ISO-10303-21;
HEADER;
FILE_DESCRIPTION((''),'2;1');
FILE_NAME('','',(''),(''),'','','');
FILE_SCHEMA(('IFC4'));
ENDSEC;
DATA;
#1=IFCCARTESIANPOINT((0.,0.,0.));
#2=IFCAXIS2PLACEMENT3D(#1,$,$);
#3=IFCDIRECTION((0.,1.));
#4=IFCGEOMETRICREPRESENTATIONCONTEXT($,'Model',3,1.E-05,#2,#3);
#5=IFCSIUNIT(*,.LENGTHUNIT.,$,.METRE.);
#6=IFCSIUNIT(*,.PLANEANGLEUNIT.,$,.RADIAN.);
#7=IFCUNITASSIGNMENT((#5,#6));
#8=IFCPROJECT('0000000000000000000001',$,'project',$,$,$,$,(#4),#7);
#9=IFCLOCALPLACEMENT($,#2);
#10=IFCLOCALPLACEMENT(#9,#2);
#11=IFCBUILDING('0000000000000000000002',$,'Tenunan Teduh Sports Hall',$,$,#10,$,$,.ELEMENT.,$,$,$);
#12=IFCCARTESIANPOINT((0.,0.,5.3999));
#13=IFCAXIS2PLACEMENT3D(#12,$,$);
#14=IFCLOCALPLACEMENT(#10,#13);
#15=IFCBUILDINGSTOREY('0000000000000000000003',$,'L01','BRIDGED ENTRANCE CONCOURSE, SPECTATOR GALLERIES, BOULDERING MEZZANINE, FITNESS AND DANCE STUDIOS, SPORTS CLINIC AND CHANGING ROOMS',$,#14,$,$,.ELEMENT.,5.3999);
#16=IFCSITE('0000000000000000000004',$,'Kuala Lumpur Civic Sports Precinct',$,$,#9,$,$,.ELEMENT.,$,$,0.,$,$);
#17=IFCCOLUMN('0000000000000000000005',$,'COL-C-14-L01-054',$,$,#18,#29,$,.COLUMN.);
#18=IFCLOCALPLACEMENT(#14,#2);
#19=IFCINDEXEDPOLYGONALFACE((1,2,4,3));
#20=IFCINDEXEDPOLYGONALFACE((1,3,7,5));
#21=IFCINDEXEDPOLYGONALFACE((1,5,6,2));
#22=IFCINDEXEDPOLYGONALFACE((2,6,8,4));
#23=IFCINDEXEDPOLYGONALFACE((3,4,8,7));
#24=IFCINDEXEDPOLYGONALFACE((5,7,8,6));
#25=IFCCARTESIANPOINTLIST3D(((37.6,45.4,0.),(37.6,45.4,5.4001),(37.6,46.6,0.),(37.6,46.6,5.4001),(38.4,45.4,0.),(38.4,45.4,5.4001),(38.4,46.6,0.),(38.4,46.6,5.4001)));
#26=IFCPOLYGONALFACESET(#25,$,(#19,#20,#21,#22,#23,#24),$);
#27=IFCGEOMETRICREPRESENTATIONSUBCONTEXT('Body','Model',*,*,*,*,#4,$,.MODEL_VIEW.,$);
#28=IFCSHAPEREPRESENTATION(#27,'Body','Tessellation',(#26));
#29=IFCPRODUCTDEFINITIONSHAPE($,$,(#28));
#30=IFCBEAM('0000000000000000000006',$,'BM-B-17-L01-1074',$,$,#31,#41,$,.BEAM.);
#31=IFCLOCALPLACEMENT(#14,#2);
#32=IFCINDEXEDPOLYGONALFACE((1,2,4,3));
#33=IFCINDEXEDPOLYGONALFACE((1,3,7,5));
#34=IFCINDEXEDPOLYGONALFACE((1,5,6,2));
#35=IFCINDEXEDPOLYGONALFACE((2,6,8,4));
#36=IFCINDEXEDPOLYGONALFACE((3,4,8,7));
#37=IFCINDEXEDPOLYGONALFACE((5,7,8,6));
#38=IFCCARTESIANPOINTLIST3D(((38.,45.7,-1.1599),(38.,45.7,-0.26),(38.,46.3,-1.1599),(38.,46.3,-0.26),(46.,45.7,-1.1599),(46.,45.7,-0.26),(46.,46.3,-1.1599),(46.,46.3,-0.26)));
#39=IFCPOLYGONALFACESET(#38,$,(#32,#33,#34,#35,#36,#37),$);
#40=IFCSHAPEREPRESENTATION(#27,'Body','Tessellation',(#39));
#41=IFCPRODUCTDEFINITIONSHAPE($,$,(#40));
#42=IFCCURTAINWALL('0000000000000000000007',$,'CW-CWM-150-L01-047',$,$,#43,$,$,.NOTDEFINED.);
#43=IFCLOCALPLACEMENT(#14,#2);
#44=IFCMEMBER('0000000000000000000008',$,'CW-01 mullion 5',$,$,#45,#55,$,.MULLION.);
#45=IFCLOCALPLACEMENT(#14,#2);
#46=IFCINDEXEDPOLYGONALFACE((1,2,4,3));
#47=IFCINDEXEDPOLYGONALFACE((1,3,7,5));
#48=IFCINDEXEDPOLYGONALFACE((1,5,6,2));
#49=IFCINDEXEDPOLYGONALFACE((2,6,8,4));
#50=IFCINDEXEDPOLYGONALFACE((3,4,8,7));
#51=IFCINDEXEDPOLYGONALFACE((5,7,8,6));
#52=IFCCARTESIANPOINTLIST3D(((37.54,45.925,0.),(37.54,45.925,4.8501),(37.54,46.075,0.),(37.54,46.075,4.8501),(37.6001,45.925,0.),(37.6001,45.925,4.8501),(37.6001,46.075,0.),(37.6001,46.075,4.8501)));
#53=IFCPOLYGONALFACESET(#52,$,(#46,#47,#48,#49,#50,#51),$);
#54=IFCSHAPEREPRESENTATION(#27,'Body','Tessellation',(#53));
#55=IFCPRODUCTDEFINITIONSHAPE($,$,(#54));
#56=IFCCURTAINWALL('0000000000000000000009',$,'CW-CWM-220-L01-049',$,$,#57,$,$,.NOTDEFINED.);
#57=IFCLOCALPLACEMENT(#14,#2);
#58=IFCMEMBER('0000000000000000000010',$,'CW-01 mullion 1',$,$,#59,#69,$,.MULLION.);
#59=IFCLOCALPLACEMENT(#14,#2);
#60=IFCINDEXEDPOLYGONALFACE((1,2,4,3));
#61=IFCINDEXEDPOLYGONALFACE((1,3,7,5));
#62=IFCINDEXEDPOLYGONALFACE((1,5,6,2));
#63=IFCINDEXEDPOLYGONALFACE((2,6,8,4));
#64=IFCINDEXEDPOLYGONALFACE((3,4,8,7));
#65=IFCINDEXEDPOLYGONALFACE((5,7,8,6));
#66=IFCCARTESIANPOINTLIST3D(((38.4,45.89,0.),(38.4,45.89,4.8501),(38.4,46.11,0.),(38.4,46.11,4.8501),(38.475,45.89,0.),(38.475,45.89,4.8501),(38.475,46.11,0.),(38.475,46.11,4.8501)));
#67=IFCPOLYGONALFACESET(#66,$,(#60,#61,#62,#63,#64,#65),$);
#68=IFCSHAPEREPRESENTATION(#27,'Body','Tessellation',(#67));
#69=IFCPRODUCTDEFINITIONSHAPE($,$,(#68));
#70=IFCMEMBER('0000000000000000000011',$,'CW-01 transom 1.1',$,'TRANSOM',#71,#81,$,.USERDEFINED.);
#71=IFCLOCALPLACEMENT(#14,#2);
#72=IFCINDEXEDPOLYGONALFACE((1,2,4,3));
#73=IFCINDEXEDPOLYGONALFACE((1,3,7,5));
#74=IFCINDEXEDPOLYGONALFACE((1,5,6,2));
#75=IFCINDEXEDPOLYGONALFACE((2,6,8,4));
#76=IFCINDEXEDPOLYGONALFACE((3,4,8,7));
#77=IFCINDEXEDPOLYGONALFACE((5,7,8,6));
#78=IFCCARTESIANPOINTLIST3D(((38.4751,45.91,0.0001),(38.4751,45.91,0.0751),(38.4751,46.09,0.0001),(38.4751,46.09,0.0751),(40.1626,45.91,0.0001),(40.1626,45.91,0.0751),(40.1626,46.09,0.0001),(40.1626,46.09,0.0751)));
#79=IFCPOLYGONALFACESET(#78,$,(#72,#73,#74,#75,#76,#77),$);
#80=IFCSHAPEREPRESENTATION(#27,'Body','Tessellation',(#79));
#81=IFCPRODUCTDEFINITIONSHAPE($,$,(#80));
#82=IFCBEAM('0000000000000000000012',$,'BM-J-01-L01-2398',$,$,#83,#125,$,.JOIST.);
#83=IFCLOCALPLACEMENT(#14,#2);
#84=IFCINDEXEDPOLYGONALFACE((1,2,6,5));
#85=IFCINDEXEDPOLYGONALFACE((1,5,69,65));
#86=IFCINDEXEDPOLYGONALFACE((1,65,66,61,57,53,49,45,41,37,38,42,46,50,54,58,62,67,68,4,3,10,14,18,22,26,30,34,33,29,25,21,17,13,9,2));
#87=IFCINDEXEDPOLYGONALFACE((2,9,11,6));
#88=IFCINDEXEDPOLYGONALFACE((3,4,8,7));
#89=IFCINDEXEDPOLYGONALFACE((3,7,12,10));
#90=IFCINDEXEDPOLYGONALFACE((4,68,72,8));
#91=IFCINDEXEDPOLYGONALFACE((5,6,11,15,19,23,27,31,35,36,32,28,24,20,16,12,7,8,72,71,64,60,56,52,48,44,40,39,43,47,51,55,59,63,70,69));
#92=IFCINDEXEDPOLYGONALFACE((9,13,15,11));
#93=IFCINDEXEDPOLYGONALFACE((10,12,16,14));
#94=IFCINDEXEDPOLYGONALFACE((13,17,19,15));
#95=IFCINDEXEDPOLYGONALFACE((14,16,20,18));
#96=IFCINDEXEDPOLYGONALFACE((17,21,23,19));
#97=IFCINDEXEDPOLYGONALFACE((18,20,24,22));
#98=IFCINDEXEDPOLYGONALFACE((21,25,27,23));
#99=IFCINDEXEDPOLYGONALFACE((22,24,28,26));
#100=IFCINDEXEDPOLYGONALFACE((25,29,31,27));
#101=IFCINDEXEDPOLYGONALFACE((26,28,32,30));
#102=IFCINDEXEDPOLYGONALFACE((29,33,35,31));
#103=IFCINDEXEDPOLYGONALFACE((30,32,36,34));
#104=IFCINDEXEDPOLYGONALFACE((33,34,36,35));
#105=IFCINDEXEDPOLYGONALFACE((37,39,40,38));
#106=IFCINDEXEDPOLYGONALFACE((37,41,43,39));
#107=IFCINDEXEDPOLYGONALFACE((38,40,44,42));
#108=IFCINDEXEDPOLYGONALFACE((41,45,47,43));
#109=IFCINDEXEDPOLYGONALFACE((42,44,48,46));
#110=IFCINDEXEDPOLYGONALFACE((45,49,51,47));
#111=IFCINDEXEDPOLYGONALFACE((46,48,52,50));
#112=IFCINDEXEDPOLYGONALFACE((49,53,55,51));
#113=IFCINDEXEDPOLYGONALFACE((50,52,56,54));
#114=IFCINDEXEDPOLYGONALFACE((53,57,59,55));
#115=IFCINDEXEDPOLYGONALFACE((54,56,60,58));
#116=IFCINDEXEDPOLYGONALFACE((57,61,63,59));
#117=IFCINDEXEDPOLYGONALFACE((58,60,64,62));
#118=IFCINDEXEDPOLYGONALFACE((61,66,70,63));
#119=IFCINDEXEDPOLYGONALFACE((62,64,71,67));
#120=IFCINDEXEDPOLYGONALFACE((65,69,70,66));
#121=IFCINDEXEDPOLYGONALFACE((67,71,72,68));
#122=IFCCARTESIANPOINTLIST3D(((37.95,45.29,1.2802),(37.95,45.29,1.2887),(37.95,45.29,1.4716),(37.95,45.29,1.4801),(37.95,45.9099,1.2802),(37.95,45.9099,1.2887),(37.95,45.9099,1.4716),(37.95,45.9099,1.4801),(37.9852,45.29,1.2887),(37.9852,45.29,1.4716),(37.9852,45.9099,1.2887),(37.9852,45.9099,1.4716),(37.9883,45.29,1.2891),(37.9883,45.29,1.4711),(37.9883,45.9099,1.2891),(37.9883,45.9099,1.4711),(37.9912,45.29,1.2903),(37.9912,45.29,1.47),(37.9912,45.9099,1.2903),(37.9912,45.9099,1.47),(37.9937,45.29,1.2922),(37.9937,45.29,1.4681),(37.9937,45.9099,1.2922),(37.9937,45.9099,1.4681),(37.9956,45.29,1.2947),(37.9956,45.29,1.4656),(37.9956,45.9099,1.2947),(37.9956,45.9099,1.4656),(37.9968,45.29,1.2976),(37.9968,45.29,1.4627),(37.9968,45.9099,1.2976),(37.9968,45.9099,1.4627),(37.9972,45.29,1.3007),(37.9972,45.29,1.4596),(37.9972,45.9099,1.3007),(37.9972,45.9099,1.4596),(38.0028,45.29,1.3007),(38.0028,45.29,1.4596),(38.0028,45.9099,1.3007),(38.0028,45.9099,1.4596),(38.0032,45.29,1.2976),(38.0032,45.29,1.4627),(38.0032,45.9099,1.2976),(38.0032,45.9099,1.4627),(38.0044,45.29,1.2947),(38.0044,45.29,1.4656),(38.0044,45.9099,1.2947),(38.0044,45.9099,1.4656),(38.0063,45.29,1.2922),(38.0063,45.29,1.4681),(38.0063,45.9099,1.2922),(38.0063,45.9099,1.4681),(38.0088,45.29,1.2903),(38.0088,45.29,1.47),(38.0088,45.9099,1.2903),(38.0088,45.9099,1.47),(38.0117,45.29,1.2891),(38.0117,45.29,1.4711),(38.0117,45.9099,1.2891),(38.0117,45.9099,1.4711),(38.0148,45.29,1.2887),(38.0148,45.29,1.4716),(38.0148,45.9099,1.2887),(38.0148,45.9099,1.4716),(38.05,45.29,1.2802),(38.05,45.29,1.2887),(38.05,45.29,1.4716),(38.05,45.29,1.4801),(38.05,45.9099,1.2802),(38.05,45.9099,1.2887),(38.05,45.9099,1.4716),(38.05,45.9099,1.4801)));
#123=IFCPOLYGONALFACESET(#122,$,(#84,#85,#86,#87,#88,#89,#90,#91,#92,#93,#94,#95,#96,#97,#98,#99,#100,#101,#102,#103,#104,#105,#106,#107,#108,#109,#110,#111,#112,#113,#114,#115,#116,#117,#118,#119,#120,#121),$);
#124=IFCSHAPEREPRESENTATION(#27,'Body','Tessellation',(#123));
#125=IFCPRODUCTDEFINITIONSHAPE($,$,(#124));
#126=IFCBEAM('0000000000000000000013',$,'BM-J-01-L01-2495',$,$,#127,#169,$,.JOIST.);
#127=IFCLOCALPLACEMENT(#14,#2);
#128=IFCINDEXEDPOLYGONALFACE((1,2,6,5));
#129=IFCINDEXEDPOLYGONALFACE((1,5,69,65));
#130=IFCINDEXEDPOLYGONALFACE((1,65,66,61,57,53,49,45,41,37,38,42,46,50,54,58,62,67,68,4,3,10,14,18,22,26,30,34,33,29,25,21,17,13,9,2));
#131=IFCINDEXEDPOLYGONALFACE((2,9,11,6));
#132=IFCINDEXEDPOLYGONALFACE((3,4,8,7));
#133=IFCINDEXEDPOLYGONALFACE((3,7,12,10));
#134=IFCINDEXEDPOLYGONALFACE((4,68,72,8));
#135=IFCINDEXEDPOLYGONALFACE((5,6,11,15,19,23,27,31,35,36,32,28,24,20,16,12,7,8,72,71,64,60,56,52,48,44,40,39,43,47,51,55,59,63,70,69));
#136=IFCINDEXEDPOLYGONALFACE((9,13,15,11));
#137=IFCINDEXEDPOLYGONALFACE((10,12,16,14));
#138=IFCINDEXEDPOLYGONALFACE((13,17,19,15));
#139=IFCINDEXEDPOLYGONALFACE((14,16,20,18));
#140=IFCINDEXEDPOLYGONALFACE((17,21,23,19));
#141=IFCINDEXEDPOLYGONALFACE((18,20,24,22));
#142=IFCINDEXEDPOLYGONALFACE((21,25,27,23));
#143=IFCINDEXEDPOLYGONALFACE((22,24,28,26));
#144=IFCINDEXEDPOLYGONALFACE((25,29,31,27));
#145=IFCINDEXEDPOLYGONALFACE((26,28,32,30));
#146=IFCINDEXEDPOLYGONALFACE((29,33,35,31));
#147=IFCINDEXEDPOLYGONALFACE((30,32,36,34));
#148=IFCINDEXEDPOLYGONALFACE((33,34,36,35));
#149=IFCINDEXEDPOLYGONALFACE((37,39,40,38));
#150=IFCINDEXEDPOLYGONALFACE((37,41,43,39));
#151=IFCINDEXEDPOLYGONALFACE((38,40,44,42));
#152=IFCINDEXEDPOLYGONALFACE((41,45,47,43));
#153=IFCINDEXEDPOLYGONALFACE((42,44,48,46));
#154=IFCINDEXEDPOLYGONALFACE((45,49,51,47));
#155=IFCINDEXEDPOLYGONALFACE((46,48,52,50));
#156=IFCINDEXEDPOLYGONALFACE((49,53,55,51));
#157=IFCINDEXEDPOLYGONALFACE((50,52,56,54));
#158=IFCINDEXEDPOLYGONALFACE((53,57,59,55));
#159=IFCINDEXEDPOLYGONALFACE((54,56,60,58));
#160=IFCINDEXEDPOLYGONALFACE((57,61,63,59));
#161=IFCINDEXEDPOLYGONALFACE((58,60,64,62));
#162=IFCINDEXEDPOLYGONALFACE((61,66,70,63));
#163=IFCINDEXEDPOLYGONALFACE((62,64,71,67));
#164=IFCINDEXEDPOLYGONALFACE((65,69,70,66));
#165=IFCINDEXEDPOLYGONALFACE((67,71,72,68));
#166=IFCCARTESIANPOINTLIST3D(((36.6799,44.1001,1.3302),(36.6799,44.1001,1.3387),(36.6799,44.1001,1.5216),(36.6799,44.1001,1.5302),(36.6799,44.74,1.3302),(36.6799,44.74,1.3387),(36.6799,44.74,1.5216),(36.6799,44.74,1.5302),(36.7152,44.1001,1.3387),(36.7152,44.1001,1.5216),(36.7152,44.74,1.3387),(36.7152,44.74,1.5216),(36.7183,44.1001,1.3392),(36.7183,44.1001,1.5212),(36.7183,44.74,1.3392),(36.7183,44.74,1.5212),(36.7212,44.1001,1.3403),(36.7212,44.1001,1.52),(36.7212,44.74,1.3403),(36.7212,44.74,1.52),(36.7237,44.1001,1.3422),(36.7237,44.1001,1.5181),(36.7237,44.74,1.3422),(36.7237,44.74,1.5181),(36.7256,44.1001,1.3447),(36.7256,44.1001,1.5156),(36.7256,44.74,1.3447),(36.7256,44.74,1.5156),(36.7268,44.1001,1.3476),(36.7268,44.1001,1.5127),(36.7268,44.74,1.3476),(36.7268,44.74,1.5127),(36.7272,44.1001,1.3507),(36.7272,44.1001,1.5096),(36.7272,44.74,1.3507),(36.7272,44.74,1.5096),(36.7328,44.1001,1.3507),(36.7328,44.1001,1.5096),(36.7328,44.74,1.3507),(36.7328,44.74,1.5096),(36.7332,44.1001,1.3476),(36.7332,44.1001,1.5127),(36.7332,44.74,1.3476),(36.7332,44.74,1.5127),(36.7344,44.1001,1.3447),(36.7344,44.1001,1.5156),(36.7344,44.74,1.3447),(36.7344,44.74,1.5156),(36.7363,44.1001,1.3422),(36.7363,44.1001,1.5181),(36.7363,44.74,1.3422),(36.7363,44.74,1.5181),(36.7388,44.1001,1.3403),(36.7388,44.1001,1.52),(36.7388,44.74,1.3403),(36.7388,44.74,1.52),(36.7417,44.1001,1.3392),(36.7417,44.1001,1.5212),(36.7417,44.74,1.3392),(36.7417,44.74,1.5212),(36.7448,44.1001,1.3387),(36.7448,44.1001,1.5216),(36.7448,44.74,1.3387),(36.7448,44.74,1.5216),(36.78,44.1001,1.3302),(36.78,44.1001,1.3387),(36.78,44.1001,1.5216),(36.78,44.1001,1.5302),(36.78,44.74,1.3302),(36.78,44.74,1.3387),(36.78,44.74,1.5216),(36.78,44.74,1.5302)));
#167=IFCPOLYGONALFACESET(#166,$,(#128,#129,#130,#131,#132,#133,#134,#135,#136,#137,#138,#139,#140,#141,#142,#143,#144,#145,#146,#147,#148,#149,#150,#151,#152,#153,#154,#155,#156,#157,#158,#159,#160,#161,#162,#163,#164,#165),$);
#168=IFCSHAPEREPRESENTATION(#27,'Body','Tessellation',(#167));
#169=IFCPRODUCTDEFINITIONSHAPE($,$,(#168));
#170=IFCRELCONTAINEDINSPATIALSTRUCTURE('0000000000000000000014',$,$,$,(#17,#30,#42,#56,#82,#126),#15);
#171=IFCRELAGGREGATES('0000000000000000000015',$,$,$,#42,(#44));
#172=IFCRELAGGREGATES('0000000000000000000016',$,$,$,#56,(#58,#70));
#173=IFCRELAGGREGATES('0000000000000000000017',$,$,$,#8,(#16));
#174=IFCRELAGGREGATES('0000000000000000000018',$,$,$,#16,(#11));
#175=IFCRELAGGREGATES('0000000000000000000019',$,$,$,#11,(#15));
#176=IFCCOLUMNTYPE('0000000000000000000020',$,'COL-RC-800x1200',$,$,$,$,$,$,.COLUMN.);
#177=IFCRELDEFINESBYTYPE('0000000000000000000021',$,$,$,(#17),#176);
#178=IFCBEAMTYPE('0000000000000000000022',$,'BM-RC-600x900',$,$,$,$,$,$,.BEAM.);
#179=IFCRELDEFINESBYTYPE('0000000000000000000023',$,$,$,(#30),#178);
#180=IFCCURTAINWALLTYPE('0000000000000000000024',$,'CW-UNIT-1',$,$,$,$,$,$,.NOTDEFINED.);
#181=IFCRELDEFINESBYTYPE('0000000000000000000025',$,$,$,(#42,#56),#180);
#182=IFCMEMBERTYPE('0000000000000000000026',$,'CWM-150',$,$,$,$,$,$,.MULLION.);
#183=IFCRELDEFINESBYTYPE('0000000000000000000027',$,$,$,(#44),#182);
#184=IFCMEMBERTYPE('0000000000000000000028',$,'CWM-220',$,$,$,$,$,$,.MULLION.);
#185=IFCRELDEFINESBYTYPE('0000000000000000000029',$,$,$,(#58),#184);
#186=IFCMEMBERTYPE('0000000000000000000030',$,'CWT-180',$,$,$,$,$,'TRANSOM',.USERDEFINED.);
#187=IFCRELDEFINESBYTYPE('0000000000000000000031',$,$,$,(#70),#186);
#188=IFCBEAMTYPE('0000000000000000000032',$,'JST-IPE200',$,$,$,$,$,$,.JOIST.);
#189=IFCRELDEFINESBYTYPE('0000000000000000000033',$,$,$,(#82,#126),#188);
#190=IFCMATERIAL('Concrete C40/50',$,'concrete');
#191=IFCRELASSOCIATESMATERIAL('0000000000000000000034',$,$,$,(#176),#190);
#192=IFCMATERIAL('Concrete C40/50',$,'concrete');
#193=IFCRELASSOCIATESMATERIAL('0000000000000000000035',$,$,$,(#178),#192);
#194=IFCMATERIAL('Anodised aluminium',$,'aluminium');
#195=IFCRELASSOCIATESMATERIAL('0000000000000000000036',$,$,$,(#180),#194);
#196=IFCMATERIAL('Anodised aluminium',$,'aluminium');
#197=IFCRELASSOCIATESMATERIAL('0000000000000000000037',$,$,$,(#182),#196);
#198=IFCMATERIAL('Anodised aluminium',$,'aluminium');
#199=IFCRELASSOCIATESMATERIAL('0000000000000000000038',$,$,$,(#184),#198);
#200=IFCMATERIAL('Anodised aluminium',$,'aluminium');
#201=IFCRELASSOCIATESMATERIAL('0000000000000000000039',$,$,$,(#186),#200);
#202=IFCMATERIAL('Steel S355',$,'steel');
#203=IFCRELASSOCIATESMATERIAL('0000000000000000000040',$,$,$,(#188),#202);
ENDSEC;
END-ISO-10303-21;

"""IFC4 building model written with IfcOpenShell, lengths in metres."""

from ifc_helpers import new_model, si_unit, direction, frame, origin, origin_2d, place, context, subcontext, project, spatial, rectangle, i_section, extrude, material, material_profile, profile_set, type_object, element, aggregate, save


model = new_model("IFC4")

# Units and contexts
model_context = context("Model", 3, precision=1e-05, world=origin(), true_north=direction((0.0, 1.0)))
body_context = subcontext(model_context, "Body", "Model", "MODEL_VIEW")
ifc_project = project(units=[si_unit("LENGTHUNIT", "METRE"), si_unit("PLANEANGLEUNIT", "RADIAN")], contexts=[model_context])

# Site, building, storey
site_placement = place(None, origin())
site = spatial("IfcSite", under=ifc_project, at=site_placement, Name="Kuala Lumpur Civic Sports Precinct", CompositionType="ELEMENT", RefElevation=0.0)
building_placement = place(site_placement, origin())
building = spatial("IfcBuilding", under=site, at=building_placement, Name="Tenunan Teduh Sports Hall", CompositionType="ELEMENT")
storey_placement = place(building_placement, frame((0.0, 0.0, 5.3999)))
storey = spatial("IfcBuildingStorey", under=building, at=storey_placement, Name="L01", Description="BRIDGED ENTRANCE CONCOURSE, SPECTATOR GALLERIES, BOULDERING MEZZANINE, FITNESS AND DANCE STUDIOS, SPORTS CLINIC AND CHANGING ROOMS", CompositionType="ELEMENT", Elevation=5.3999)

# Column
ifc_material_1 = material(Name="Concrete C40/50", Category="concrete")
ifc_material_profile_1 = material_profile(ifc_material_1, rectangle(XDim=0.8, YDim=1.2, at=origin_2d()), Name="RC 800x1200")
ifc_profile_set_1 = profile_set([ifc_material_profile_1], Name="Concrete C40/50")
column_type = type_object("IfcColumnType", Name="COL-RC-800x1200", PredefinedType="COLUMN", material=ifc_profile_set_1)
column_placement = place(storey_placement, frame((38.0, 46.0, 0.0), z_axis=(0.0, 0.0, 1.0), x_axis=(1.0, 0.0, 0.0)))
element("IfcColumn", 1, at=column_placement, inside=storey, type_object=column_type, Name="COL-C-14-L01-054", PredefinedType="COLUMN", context=body_context, shape_type="SweptSolid", body=[
    extrude(rectangle(XDim=0.8, YDim=1.2, at=origin_2d()), origin(), (0.0, 0.0, 1.0), 5.4001),
])

# Beam
ifc_material_2 = material(Name="Concrete C40/50", Category="concrete")
ifc_material_profile_2 = material_profile(ifc_material_2, rectangle(XDim=0.6001, YDim=0.8999, at=origin_2d()), Name="RCB 600x900")
ifc_profile_set_2 = profile_set([ifc_material_profile_2], Name="Concrete C40/50")
beam_type_1 = type_object("IfcBeamType", Name="BM-RC-600x900", PredefinedType="BEAM", material=ifc_profile_set_2)
beam_1_placement = place(storey_placement, frame((38.0, 46.0, -0.71), z_axis=(1.0, 0.0, 0.0), x_axis=(0.0, 1.0, 0.0)))
element("IfcBeam", 2, at=beam_1_placement, inside=storey, type_object=beam_type_1, Name="BM-B-17-L01-1074", PredefinedType="BEAM", context=body_context, shape_type="SweptSolid", body=[
    extrude(rectangle(XDim=0.6001, YDim=0.8999, at=origin_2d()), origin(), (0.0, 0.0, 1.0), 8.0),
])

# Curtain wall, member
ifc_material_3 = material(Name="Anodised aluminium", Category="aluminium")
curtain_wall_type = type_object("IfcCurtainWallType", Name="CW-UNIT-1", PredefinedType="NOTDEFINED", material=ifc_material_3)
curtain_wall_1_placement = place(storey_placement, origin())
curtain_wall_1 = element("IfcCurtainWall", 3, at=curtain_wall_1_placement, inside=storey, type_object=curtain_wall_type, Name="CW-CWM-150-L01-047", PredefinedType="NOTDEFINED")
ifc_material_4 = material(Name="Anodised aluminium", Category="aluminium")
ifc_material_profile_3 = material_profile(ifc_material_4, rectangle(XDim=0.0601, YDim=0.1499, at=origin_2d()), Name="CWM 60x150")
ifc_profile_set_3 = profile_set([ifc_material_profile_3], Name="Anodised aluminium")
member_type_1 = type_object("IfcMemberType", Name="CWM-150", PredefinedType="MULLION", material=ifc_profile_set_3)
member_1_placement = place(storey_placement, frame((37.5701, 46.0, 0.0), z_axis=(0.0, 0.0, 1.0), x_axis=(1.0, 0.0, 0.0)))
member_1 = element("IfcMember", 4, at=member_1_placement, type_object=member_type_1, Name="CW-01 mullion 5", PredefinedType="MULLION", context=body_context, shape_type="SweptSolid", body=[
    extrude(rectangle(XDim=0.0601, YDim=0.1499, at=origin_2d()), origin(), (0.0, 0.0, 1.0), 4.8501),
])
aggregate(curtain_wall_1, [member_1])

# Curtain wall, members
curtain_wall_2_placement = place(storey_placement, origin())
curtain_wall_2 = element("IfcCurtainWall", 5, at=curtain_wall_2_placement, inside=storey, type_object=curtain_wall_type, Name="CW-CWM-220-L01-049", PredefinedType="NOTDEFINED")
ifc_material_5 = material(Name="Anodised aluminium", Category="aluminium")
ifc_material_profile_4 = material_profile(ifc_material_5, rectangle(XDim=0.075, YDim=0.22, at=origin_2d()), Name="CWM 75x220")
ifc_profile_set_4 = profile_set([ifc_material_profile_4], Name="Anodised aluminium")
member_type_2 = type_object("IfcMemberType", Name="CWM-220", PredefinedType="MULLION", material=ifc_profile_set_4)
member_2_placement = place(storey_placement, frame((38.4375, 46.0, 0.0), z_axis=(0.0, 0.0, 1.0), x_axis=(1.0, 0.0, 0.0)))
member_2 = element("IfcMember", 6, at=member_2_placement, type_object=member_type_2, Name="CW-01 mullion 1", PredefinedType="MULLION", context=body_context, shape_type="SweptSolid", body=[
    extrude(rectangle(XDim=0.075, YDim=0.22, at=origin_2d()), origin(), (0.0, 0.0, 1.0), 4.8501),
])
ifc_material_6 = material(Name="Anodised aluminium", Category="aluminium")
ifc_material_profile_5 = material_profile(ifc_material_6, rectangle(XDim=0.075, YDim=0.1799, at=origin_2d()), Name="CWT 75x180")
ifc_profile_set_5 = profile_set([ifc_material_profile_5], Name="Anodised aluminium")
member_type_3 = type_object("IfcMemberType", Name="CWT-180", ElementType="TRANSOM", PredefinedType="USERDEFINED", material=ifc_profile_set_5)
member_3_placement = place(storey_placement, frame((38.4751, 46.0, 0.0376), z_axis=(1.0, 0.0, 0.0), x_axis=(0.0, 0.0, 1.0)))
member_3 = element("IfcMember", 7, at=member_3_placement, type_object=member_type_3, Name="CW-01 transom 1.1", ObjectType="TRANSOM", PredefinedType="USERDEFINED", context=body_context, shape_type="SweptSolid", body=[
    extrude(rectangle(XDim=0.075, YDim=0.1799, at=origin_2d()), origin(), (0.0, 0.0, 1.0), 1.6875),
])
aggregate(curtain_wall_2, [member_2, member_3])

# Beams
ifc_material_7 = material(Name="Steel S355", Category="steel")
ifc_material_profile_6 = material_profile(ifc_material_7, i_section(OverallWidth=0.1001, OverallDepth=0.2, WebThickness=0.0056, FlangeThickness=0.0085, FilletRadius=0.012, at=origin_2d()), Name="IPE 200")
ifc_profile_set_6 = profile_set([ifc_material_profile_6], Name="Steel S355")
beam_type_2 = type_object("IfcBeamType", Name="JST-IPE200", PredefinedType="JOIST", material=ifc_profile_set_6)
beam_2_placement = place(storey_placement, frame((38.0, 45.29, 1.3801), z_axis=(0.0, 1.0, 0.0), x_axis=(-1.0, 0.0, 0.0)))
element("IfcBeam", 8, at=beam_2_placement, inside=storey, type_object=beam_type_2, Name="BM-J-01-L01-2398", PredefinedType="JOIST", context=body_context, shape_type="SweptSolid", body=[
    extrude(i_section(OverallWidth=0.1001, OverallDepth=0.2, WebThickness=0.0056, FlangeThickness=0.0085, FilletRadius=0.012, at=origin_2d()), origin(), (0.0, 0.0, 1.0), 0.6199),
])
beam_3_placement = place(storey_placement, frame((36.73, 44.1001, 1.4302), z_axis=(0.0, 1.0, 0.0), x_axis=(-1.0, 0.0, 0.0)))
element("IfcBeam", 9, at=beam_3_placement, inside=storey, type_object=beam_type_2, Name="BM-J-01-L01-2495", PredefinedType="JOIST", context=body_context, shape_type="SweptSolid", body=[
    extrude(i_section(OverallWidth=0.1001, OverallDepth=0.2, WebThickness=0.0056, FlangeThickness=0.0085, FilletRadius=0.012, at=origin_2d()), origin(), (0.0, 0.0, 1.0), 0.6399),
])

save(model, "model.ifc")
